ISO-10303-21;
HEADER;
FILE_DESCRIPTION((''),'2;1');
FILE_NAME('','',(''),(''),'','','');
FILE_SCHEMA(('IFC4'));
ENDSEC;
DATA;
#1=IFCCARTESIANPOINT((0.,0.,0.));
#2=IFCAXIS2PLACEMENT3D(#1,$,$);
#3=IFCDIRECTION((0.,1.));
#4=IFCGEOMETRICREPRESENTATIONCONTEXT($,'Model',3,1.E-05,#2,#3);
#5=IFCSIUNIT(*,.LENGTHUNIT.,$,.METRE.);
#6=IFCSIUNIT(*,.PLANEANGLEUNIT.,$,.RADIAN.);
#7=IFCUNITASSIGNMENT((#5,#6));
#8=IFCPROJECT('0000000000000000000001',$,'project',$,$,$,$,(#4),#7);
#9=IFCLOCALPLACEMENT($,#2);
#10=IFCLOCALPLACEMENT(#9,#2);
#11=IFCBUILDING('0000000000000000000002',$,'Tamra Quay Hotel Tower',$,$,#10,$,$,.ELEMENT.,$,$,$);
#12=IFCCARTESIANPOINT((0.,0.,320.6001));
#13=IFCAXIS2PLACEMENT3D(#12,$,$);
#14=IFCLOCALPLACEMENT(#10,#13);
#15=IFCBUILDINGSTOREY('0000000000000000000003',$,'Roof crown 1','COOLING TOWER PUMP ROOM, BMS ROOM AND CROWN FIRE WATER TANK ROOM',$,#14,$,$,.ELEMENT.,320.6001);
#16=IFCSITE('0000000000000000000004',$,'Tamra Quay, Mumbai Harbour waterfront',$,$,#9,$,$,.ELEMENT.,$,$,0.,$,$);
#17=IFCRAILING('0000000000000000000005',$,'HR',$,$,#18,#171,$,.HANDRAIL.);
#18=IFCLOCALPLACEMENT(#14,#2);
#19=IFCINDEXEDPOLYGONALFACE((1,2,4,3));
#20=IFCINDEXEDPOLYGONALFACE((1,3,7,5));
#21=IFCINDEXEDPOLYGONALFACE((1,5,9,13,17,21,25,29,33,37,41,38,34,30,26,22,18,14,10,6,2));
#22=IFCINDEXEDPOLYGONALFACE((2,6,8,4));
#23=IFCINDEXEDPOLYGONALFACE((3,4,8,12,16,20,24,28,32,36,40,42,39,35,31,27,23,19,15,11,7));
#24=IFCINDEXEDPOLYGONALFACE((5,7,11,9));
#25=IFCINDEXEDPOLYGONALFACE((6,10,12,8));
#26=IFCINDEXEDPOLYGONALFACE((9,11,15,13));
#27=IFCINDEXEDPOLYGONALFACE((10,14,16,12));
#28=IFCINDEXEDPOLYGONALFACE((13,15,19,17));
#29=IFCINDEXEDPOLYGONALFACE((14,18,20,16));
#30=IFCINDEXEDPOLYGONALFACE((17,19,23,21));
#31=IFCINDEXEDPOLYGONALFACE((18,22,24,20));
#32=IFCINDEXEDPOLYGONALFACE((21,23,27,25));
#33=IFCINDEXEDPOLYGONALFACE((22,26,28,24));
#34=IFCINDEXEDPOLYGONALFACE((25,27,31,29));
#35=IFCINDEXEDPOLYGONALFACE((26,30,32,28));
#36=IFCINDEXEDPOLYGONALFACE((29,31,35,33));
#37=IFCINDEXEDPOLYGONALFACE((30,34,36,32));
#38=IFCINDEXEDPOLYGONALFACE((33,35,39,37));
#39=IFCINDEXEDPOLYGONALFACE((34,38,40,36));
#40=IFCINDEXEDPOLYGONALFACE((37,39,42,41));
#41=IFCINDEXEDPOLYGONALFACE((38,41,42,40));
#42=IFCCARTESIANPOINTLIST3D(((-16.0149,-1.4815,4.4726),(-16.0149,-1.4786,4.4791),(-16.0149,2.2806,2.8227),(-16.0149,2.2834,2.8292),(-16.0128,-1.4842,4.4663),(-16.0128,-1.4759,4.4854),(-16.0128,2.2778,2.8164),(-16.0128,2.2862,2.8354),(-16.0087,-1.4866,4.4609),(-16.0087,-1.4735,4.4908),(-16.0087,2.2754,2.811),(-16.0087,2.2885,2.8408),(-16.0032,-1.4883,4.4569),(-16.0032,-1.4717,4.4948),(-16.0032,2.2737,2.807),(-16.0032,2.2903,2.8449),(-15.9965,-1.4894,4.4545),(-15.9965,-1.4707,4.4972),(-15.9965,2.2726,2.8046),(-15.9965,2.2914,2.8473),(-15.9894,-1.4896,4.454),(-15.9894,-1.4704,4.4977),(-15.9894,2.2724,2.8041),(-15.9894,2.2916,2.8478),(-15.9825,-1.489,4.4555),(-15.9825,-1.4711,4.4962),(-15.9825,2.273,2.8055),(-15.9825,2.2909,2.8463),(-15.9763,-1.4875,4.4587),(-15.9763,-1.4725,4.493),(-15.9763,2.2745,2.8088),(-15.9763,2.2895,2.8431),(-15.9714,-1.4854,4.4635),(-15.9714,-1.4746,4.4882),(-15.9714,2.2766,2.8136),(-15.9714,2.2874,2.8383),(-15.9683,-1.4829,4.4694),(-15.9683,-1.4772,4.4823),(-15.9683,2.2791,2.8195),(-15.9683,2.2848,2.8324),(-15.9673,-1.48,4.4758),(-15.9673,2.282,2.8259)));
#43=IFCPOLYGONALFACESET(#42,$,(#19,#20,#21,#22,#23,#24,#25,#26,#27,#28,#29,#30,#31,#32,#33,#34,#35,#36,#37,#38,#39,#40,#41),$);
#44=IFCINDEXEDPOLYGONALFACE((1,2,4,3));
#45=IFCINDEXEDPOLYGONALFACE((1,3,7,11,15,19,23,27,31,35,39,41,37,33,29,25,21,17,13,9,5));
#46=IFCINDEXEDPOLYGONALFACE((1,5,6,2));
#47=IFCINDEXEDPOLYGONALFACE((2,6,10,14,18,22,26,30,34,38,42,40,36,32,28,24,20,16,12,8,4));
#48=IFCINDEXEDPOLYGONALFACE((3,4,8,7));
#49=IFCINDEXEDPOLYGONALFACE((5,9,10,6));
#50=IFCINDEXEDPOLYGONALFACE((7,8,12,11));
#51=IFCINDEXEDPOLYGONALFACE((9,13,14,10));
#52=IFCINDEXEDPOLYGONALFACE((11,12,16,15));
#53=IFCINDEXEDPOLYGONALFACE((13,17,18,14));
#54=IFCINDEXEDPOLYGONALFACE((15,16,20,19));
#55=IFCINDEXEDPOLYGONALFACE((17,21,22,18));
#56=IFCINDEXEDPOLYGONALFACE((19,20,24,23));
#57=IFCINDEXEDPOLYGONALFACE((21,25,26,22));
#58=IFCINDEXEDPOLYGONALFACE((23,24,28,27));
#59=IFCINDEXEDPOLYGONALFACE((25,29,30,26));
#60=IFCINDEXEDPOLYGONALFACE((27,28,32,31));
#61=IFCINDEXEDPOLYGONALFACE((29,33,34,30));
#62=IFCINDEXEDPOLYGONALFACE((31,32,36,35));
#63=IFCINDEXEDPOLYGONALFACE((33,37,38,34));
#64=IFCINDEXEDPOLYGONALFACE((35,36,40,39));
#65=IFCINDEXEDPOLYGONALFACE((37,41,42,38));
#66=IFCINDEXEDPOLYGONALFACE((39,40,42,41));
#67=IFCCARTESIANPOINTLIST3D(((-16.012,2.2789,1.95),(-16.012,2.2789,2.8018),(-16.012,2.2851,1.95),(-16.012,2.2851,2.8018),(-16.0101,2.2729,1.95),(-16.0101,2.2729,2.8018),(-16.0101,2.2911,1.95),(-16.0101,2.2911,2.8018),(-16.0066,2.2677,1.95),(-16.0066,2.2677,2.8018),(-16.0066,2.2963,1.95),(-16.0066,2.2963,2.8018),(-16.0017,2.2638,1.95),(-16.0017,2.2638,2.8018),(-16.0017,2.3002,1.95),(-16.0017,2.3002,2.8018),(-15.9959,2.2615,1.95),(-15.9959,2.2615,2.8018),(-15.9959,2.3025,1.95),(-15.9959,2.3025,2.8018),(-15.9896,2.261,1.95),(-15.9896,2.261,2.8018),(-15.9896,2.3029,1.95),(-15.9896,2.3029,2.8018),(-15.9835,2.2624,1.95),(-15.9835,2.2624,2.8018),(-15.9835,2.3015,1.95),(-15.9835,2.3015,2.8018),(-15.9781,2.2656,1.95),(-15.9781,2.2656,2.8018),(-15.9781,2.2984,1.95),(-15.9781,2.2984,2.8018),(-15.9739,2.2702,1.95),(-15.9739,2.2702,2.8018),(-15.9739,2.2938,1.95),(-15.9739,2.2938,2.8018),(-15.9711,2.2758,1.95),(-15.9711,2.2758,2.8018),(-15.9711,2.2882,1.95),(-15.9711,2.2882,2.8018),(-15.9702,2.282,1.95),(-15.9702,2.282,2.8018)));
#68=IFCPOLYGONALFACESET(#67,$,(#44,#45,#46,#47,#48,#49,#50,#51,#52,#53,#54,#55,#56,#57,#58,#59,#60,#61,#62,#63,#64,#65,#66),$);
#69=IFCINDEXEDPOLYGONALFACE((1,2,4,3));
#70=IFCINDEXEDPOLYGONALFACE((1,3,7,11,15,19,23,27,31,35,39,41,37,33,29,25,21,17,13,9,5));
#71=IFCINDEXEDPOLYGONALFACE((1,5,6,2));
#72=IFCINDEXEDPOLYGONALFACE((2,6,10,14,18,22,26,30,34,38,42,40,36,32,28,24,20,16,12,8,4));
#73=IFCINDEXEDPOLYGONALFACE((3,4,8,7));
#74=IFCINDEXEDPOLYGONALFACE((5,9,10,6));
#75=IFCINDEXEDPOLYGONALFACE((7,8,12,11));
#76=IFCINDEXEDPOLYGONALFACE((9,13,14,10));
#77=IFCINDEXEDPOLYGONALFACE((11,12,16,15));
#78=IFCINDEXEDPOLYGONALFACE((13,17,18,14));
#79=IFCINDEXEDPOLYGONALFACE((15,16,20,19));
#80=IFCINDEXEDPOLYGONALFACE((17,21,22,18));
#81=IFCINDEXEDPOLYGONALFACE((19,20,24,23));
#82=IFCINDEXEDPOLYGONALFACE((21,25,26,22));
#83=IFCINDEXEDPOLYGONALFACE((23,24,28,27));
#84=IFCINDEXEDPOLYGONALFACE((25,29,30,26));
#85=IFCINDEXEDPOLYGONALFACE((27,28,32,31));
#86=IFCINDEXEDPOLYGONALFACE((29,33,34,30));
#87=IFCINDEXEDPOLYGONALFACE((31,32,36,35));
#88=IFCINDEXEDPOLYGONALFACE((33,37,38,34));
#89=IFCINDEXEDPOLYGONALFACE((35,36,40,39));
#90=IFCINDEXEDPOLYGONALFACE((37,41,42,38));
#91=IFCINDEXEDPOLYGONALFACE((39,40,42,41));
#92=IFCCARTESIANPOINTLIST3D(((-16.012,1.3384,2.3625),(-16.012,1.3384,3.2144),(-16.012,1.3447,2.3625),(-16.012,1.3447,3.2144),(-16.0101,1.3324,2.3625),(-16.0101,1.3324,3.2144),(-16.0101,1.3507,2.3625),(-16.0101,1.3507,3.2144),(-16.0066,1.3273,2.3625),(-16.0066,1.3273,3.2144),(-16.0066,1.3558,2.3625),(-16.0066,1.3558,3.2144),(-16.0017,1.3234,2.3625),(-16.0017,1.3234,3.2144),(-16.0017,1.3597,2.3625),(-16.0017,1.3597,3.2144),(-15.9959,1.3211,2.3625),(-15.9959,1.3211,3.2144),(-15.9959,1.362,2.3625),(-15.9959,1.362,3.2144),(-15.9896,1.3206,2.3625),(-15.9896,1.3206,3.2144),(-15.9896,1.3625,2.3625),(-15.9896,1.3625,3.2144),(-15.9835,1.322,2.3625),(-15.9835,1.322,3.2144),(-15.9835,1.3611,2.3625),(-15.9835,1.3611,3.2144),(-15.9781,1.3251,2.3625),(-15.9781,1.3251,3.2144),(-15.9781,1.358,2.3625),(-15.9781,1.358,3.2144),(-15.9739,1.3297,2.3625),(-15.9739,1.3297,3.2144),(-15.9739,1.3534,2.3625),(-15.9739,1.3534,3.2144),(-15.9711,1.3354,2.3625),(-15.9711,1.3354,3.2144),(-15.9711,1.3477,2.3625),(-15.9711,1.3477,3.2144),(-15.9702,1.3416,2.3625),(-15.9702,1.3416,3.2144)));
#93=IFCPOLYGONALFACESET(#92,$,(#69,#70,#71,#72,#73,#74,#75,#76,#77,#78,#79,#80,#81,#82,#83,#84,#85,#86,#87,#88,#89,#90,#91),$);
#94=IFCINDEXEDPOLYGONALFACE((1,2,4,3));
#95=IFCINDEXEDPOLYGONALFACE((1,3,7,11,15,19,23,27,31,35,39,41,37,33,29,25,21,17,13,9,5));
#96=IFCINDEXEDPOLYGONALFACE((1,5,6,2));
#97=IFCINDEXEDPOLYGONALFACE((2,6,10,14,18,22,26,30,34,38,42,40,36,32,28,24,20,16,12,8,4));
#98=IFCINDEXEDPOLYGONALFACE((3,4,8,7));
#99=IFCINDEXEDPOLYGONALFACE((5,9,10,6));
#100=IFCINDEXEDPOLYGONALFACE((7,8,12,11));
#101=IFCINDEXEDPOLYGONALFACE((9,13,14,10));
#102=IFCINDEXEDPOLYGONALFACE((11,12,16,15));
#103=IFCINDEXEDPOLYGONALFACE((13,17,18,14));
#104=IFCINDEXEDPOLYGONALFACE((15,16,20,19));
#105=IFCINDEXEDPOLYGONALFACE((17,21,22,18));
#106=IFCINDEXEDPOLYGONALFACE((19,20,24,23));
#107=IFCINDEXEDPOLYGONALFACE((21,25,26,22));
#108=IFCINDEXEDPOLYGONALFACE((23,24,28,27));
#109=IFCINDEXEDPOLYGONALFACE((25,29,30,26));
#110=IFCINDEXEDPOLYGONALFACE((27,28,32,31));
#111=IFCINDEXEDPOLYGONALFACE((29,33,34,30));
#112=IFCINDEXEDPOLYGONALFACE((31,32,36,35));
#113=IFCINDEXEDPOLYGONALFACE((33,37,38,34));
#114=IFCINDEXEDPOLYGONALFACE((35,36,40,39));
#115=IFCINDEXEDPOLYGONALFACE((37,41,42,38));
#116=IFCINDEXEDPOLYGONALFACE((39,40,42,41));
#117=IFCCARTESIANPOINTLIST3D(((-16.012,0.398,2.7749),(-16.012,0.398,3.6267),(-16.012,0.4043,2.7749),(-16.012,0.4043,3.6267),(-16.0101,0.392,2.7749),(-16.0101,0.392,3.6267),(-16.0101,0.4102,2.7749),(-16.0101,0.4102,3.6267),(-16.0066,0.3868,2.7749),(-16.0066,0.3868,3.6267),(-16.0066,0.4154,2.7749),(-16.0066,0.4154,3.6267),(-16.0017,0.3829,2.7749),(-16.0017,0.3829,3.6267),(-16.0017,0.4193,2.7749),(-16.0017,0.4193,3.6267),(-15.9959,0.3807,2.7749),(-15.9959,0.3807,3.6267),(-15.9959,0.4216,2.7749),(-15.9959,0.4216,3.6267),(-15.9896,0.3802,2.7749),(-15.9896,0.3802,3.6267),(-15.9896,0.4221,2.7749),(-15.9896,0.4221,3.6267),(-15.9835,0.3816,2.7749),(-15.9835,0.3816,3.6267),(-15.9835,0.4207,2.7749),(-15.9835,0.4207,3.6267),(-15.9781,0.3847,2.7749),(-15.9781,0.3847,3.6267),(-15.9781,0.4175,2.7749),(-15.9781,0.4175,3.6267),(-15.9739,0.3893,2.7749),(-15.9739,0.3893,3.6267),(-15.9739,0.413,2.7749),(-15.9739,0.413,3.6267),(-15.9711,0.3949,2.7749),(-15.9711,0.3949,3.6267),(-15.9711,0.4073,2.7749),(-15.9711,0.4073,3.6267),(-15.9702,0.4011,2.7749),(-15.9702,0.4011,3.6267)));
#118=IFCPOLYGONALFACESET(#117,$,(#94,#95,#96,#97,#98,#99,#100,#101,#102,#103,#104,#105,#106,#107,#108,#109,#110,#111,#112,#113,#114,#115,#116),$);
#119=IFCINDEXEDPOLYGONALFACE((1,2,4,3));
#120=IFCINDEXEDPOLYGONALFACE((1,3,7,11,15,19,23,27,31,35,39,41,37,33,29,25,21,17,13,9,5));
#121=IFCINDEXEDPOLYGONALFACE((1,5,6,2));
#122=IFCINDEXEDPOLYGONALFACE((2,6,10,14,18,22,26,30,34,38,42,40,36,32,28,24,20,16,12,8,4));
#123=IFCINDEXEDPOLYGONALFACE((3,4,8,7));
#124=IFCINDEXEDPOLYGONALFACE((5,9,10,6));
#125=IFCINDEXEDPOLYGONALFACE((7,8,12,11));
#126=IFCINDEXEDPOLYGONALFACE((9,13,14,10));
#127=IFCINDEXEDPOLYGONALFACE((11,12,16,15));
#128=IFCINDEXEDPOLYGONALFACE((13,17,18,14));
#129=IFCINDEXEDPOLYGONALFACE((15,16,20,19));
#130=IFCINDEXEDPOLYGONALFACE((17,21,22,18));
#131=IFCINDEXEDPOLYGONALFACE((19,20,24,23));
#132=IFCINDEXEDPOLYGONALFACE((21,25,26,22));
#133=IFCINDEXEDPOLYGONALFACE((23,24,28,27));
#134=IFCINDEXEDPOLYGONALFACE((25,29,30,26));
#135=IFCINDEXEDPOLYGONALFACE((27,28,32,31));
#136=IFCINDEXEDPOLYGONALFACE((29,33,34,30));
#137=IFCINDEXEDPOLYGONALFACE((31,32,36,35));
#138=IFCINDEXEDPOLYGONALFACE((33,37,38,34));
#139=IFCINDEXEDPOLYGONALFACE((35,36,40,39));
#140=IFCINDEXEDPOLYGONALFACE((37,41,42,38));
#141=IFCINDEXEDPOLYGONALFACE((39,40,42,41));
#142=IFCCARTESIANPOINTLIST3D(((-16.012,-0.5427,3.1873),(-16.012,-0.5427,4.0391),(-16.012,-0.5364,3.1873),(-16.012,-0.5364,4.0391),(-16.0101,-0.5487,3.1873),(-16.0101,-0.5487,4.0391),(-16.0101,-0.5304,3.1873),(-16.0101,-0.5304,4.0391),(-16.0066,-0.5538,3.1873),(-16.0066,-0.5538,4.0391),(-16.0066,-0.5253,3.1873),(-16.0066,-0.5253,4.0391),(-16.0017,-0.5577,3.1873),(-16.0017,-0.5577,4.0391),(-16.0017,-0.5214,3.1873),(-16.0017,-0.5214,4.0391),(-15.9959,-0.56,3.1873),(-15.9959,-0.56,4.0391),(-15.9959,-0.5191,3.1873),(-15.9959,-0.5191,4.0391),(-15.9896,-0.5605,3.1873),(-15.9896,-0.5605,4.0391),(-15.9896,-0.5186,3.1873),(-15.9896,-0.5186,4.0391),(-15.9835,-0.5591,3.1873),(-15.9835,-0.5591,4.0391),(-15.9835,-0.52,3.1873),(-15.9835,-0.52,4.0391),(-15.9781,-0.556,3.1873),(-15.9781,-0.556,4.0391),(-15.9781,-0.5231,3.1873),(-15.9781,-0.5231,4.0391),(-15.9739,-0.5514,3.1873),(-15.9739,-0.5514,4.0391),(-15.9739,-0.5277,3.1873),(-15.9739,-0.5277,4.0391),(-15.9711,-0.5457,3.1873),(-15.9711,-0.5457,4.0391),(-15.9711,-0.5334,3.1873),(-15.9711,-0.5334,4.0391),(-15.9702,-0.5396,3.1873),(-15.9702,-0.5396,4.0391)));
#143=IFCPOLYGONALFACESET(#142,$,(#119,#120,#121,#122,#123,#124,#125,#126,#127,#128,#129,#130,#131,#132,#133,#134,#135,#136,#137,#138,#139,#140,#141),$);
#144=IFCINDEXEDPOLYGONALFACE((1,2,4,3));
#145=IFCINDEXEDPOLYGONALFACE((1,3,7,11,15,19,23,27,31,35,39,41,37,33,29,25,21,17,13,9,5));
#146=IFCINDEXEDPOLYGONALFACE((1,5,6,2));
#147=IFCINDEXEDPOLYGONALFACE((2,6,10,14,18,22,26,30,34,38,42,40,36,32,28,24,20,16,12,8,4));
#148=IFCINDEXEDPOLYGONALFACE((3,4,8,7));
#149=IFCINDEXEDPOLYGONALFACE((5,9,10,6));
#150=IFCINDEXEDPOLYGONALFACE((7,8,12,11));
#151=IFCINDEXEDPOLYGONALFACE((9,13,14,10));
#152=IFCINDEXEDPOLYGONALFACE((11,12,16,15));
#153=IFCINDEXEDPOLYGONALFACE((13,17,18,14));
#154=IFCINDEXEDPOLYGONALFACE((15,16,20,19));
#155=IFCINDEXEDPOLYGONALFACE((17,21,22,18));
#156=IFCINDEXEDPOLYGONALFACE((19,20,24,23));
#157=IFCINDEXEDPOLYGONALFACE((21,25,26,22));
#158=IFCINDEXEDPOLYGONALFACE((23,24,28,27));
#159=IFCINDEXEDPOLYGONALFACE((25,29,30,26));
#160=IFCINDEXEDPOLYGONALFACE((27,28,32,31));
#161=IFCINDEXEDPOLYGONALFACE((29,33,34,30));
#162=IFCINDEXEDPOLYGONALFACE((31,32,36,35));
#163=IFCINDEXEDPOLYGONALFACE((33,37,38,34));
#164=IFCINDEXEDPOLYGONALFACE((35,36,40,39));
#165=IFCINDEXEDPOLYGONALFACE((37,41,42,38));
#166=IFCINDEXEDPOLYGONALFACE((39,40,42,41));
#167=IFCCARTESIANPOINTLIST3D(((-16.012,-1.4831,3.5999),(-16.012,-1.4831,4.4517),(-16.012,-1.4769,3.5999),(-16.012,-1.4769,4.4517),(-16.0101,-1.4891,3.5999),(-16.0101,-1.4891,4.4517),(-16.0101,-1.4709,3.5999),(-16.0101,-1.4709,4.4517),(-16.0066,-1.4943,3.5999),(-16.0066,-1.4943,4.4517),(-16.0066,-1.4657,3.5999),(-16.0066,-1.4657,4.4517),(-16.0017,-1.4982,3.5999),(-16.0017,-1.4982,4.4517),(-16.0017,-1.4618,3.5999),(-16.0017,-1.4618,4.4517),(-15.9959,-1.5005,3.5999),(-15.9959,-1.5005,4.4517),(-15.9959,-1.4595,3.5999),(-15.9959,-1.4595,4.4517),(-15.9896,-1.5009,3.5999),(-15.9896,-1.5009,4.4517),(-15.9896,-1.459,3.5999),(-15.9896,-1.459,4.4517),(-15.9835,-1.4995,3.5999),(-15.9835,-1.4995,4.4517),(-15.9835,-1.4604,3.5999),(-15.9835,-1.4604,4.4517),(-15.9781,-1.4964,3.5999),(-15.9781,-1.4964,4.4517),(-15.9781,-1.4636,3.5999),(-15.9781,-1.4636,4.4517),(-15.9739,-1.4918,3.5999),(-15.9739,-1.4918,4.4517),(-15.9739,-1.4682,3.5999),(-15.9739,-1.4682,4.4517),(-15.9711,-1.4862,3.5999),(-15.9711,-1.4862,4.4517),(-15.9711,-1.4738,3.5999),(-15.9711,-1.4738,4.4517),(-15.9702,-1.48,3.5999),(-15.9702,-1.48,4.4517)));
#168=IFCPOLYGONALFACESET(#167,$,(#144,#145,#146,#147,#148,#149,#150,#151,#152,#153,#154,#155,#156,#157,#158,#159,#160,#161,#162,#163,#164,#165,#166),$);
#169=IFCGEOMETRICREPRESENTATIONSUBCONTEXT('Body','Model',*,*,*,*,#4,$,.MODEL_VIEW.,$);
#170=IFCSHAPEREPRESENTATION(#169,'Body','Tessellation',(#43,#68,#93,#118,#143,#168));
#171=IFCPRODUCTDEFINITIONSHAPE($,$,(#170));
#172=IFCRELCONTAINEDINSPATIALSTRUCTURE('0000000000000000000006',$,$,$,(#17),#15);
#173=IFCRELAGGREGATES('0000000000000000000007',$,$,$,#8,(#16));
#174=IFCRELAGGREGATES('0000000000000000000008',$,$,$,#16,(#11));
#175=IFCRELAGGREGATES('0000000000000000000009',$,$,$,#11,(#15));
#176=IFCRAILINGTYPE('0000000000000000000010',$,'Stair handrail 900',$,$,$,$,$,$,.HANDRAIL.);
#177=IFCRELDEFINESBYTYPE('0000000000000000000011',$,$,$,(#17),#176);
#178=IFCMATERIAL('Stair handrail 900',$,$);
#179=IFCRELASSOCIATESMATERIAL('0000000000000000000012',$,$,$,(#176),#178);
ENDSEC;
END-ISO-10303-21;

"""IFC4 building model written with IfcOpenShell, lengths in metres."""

from ifc_helpers import new_model, si_unit, direction, frame, origin, origin_2d, place, context, subcontext, project, spatial, circle, extrude, material, type_object, element, save


model = new_model("IFC4")

# Units and contexts
model_context = context("Model", 3, precision=1e-05, world=origin(), true_north=direction((0.0, 1.0)))
body_context = subcontext(model_context, "Body", "Model", "MODEL_VIEW")
ifc_project = project(units=[si_unit("LENGTHUNIT", "METRE"), si_unit("PLANEANGLEUNIT", "RADIAN")], contexts=[model_context])

# Site, building, storey
site_placement = place(None, origin())
site = spatial("IfcSite", under=ifc_project, at=site_placement, Name="Tamra Quay, Mumbai Harbour waterfront", CompositionType="ELEMENT", RefElevation=0.0)
building_placement = place(site_placement, origin())
building = spatial("IfcBuilding", under=site, at=building_placement, Name="Tamra Quay Hotel Tower", CompositionType="ELEMENT")
storey_placement = place(building_placement, frame((0.0, 0.0, 320.6001)))
storey = spatial("IfcBuildingStorey", under=building, at=storey_placement, Name="Roof crown 1", Description="COOLING TOWER PUMP ROOM, BMS ROOM AND CROWN FIRE WATER TANK ROOM", CompositionType="ELEMENT", Elevation=320.6001)

# Railing
ifc_material_1 = material(Name="Stair handrail 900")
railing_type = type_object("IfcRailingType", Name="Stair handrail 900", PredefinedType="HANDRAIL", material=ifc_material_1)
railing_placement = place(storey_placement, frame((-15.9912, 2.282, 1.95)))
element("IfcRailing", 1, at=railing_placement, inside=storey, type_object=railing_type, Name="HR", PredefinedType="HANDRAIL", context=body_context, shape_type="SweptSolid", body=[
    extrude(circle(Radius=0.0239, at=origin_2d()), frame((0.0, 0.0, 0.876), z_axis=(0.0, -0.915795, 0.401645), x_axis=(1.0, 0.0, 0.0)), (0.0, 0.0, 1.0), 4.1079),
    extrude(circle(Radius=0.021, at=origin_2d()), origin(), (0.0, 0.0, 1.0), 0.8518),
    extrude(circle(Radius=0.021, at=origin_2d()), frame((0.0, -0.9404, 0.4126)), (0.0, 0.0, 1.0), 0.8518),
    extrude(circle(Radius=0.021, at=origin_2d()), frame((0.0, -1.8809, 0.825)), (0.0, 0.0, 1.0), 0.8518),
    extrude(circle(Radius=0.021, at=origin_2d()), frame((0.0, -2.8215, 1.2373)), (0.0, 0.0, 1.0), 0.8518),
    extrude(circle(Radius=0.021, at=origin_2d()), frame((0.0, -3.762, 1.6499)), (0.0, 0.0, 1.0), 0.8518),
])

save(model, "model.ifc")
